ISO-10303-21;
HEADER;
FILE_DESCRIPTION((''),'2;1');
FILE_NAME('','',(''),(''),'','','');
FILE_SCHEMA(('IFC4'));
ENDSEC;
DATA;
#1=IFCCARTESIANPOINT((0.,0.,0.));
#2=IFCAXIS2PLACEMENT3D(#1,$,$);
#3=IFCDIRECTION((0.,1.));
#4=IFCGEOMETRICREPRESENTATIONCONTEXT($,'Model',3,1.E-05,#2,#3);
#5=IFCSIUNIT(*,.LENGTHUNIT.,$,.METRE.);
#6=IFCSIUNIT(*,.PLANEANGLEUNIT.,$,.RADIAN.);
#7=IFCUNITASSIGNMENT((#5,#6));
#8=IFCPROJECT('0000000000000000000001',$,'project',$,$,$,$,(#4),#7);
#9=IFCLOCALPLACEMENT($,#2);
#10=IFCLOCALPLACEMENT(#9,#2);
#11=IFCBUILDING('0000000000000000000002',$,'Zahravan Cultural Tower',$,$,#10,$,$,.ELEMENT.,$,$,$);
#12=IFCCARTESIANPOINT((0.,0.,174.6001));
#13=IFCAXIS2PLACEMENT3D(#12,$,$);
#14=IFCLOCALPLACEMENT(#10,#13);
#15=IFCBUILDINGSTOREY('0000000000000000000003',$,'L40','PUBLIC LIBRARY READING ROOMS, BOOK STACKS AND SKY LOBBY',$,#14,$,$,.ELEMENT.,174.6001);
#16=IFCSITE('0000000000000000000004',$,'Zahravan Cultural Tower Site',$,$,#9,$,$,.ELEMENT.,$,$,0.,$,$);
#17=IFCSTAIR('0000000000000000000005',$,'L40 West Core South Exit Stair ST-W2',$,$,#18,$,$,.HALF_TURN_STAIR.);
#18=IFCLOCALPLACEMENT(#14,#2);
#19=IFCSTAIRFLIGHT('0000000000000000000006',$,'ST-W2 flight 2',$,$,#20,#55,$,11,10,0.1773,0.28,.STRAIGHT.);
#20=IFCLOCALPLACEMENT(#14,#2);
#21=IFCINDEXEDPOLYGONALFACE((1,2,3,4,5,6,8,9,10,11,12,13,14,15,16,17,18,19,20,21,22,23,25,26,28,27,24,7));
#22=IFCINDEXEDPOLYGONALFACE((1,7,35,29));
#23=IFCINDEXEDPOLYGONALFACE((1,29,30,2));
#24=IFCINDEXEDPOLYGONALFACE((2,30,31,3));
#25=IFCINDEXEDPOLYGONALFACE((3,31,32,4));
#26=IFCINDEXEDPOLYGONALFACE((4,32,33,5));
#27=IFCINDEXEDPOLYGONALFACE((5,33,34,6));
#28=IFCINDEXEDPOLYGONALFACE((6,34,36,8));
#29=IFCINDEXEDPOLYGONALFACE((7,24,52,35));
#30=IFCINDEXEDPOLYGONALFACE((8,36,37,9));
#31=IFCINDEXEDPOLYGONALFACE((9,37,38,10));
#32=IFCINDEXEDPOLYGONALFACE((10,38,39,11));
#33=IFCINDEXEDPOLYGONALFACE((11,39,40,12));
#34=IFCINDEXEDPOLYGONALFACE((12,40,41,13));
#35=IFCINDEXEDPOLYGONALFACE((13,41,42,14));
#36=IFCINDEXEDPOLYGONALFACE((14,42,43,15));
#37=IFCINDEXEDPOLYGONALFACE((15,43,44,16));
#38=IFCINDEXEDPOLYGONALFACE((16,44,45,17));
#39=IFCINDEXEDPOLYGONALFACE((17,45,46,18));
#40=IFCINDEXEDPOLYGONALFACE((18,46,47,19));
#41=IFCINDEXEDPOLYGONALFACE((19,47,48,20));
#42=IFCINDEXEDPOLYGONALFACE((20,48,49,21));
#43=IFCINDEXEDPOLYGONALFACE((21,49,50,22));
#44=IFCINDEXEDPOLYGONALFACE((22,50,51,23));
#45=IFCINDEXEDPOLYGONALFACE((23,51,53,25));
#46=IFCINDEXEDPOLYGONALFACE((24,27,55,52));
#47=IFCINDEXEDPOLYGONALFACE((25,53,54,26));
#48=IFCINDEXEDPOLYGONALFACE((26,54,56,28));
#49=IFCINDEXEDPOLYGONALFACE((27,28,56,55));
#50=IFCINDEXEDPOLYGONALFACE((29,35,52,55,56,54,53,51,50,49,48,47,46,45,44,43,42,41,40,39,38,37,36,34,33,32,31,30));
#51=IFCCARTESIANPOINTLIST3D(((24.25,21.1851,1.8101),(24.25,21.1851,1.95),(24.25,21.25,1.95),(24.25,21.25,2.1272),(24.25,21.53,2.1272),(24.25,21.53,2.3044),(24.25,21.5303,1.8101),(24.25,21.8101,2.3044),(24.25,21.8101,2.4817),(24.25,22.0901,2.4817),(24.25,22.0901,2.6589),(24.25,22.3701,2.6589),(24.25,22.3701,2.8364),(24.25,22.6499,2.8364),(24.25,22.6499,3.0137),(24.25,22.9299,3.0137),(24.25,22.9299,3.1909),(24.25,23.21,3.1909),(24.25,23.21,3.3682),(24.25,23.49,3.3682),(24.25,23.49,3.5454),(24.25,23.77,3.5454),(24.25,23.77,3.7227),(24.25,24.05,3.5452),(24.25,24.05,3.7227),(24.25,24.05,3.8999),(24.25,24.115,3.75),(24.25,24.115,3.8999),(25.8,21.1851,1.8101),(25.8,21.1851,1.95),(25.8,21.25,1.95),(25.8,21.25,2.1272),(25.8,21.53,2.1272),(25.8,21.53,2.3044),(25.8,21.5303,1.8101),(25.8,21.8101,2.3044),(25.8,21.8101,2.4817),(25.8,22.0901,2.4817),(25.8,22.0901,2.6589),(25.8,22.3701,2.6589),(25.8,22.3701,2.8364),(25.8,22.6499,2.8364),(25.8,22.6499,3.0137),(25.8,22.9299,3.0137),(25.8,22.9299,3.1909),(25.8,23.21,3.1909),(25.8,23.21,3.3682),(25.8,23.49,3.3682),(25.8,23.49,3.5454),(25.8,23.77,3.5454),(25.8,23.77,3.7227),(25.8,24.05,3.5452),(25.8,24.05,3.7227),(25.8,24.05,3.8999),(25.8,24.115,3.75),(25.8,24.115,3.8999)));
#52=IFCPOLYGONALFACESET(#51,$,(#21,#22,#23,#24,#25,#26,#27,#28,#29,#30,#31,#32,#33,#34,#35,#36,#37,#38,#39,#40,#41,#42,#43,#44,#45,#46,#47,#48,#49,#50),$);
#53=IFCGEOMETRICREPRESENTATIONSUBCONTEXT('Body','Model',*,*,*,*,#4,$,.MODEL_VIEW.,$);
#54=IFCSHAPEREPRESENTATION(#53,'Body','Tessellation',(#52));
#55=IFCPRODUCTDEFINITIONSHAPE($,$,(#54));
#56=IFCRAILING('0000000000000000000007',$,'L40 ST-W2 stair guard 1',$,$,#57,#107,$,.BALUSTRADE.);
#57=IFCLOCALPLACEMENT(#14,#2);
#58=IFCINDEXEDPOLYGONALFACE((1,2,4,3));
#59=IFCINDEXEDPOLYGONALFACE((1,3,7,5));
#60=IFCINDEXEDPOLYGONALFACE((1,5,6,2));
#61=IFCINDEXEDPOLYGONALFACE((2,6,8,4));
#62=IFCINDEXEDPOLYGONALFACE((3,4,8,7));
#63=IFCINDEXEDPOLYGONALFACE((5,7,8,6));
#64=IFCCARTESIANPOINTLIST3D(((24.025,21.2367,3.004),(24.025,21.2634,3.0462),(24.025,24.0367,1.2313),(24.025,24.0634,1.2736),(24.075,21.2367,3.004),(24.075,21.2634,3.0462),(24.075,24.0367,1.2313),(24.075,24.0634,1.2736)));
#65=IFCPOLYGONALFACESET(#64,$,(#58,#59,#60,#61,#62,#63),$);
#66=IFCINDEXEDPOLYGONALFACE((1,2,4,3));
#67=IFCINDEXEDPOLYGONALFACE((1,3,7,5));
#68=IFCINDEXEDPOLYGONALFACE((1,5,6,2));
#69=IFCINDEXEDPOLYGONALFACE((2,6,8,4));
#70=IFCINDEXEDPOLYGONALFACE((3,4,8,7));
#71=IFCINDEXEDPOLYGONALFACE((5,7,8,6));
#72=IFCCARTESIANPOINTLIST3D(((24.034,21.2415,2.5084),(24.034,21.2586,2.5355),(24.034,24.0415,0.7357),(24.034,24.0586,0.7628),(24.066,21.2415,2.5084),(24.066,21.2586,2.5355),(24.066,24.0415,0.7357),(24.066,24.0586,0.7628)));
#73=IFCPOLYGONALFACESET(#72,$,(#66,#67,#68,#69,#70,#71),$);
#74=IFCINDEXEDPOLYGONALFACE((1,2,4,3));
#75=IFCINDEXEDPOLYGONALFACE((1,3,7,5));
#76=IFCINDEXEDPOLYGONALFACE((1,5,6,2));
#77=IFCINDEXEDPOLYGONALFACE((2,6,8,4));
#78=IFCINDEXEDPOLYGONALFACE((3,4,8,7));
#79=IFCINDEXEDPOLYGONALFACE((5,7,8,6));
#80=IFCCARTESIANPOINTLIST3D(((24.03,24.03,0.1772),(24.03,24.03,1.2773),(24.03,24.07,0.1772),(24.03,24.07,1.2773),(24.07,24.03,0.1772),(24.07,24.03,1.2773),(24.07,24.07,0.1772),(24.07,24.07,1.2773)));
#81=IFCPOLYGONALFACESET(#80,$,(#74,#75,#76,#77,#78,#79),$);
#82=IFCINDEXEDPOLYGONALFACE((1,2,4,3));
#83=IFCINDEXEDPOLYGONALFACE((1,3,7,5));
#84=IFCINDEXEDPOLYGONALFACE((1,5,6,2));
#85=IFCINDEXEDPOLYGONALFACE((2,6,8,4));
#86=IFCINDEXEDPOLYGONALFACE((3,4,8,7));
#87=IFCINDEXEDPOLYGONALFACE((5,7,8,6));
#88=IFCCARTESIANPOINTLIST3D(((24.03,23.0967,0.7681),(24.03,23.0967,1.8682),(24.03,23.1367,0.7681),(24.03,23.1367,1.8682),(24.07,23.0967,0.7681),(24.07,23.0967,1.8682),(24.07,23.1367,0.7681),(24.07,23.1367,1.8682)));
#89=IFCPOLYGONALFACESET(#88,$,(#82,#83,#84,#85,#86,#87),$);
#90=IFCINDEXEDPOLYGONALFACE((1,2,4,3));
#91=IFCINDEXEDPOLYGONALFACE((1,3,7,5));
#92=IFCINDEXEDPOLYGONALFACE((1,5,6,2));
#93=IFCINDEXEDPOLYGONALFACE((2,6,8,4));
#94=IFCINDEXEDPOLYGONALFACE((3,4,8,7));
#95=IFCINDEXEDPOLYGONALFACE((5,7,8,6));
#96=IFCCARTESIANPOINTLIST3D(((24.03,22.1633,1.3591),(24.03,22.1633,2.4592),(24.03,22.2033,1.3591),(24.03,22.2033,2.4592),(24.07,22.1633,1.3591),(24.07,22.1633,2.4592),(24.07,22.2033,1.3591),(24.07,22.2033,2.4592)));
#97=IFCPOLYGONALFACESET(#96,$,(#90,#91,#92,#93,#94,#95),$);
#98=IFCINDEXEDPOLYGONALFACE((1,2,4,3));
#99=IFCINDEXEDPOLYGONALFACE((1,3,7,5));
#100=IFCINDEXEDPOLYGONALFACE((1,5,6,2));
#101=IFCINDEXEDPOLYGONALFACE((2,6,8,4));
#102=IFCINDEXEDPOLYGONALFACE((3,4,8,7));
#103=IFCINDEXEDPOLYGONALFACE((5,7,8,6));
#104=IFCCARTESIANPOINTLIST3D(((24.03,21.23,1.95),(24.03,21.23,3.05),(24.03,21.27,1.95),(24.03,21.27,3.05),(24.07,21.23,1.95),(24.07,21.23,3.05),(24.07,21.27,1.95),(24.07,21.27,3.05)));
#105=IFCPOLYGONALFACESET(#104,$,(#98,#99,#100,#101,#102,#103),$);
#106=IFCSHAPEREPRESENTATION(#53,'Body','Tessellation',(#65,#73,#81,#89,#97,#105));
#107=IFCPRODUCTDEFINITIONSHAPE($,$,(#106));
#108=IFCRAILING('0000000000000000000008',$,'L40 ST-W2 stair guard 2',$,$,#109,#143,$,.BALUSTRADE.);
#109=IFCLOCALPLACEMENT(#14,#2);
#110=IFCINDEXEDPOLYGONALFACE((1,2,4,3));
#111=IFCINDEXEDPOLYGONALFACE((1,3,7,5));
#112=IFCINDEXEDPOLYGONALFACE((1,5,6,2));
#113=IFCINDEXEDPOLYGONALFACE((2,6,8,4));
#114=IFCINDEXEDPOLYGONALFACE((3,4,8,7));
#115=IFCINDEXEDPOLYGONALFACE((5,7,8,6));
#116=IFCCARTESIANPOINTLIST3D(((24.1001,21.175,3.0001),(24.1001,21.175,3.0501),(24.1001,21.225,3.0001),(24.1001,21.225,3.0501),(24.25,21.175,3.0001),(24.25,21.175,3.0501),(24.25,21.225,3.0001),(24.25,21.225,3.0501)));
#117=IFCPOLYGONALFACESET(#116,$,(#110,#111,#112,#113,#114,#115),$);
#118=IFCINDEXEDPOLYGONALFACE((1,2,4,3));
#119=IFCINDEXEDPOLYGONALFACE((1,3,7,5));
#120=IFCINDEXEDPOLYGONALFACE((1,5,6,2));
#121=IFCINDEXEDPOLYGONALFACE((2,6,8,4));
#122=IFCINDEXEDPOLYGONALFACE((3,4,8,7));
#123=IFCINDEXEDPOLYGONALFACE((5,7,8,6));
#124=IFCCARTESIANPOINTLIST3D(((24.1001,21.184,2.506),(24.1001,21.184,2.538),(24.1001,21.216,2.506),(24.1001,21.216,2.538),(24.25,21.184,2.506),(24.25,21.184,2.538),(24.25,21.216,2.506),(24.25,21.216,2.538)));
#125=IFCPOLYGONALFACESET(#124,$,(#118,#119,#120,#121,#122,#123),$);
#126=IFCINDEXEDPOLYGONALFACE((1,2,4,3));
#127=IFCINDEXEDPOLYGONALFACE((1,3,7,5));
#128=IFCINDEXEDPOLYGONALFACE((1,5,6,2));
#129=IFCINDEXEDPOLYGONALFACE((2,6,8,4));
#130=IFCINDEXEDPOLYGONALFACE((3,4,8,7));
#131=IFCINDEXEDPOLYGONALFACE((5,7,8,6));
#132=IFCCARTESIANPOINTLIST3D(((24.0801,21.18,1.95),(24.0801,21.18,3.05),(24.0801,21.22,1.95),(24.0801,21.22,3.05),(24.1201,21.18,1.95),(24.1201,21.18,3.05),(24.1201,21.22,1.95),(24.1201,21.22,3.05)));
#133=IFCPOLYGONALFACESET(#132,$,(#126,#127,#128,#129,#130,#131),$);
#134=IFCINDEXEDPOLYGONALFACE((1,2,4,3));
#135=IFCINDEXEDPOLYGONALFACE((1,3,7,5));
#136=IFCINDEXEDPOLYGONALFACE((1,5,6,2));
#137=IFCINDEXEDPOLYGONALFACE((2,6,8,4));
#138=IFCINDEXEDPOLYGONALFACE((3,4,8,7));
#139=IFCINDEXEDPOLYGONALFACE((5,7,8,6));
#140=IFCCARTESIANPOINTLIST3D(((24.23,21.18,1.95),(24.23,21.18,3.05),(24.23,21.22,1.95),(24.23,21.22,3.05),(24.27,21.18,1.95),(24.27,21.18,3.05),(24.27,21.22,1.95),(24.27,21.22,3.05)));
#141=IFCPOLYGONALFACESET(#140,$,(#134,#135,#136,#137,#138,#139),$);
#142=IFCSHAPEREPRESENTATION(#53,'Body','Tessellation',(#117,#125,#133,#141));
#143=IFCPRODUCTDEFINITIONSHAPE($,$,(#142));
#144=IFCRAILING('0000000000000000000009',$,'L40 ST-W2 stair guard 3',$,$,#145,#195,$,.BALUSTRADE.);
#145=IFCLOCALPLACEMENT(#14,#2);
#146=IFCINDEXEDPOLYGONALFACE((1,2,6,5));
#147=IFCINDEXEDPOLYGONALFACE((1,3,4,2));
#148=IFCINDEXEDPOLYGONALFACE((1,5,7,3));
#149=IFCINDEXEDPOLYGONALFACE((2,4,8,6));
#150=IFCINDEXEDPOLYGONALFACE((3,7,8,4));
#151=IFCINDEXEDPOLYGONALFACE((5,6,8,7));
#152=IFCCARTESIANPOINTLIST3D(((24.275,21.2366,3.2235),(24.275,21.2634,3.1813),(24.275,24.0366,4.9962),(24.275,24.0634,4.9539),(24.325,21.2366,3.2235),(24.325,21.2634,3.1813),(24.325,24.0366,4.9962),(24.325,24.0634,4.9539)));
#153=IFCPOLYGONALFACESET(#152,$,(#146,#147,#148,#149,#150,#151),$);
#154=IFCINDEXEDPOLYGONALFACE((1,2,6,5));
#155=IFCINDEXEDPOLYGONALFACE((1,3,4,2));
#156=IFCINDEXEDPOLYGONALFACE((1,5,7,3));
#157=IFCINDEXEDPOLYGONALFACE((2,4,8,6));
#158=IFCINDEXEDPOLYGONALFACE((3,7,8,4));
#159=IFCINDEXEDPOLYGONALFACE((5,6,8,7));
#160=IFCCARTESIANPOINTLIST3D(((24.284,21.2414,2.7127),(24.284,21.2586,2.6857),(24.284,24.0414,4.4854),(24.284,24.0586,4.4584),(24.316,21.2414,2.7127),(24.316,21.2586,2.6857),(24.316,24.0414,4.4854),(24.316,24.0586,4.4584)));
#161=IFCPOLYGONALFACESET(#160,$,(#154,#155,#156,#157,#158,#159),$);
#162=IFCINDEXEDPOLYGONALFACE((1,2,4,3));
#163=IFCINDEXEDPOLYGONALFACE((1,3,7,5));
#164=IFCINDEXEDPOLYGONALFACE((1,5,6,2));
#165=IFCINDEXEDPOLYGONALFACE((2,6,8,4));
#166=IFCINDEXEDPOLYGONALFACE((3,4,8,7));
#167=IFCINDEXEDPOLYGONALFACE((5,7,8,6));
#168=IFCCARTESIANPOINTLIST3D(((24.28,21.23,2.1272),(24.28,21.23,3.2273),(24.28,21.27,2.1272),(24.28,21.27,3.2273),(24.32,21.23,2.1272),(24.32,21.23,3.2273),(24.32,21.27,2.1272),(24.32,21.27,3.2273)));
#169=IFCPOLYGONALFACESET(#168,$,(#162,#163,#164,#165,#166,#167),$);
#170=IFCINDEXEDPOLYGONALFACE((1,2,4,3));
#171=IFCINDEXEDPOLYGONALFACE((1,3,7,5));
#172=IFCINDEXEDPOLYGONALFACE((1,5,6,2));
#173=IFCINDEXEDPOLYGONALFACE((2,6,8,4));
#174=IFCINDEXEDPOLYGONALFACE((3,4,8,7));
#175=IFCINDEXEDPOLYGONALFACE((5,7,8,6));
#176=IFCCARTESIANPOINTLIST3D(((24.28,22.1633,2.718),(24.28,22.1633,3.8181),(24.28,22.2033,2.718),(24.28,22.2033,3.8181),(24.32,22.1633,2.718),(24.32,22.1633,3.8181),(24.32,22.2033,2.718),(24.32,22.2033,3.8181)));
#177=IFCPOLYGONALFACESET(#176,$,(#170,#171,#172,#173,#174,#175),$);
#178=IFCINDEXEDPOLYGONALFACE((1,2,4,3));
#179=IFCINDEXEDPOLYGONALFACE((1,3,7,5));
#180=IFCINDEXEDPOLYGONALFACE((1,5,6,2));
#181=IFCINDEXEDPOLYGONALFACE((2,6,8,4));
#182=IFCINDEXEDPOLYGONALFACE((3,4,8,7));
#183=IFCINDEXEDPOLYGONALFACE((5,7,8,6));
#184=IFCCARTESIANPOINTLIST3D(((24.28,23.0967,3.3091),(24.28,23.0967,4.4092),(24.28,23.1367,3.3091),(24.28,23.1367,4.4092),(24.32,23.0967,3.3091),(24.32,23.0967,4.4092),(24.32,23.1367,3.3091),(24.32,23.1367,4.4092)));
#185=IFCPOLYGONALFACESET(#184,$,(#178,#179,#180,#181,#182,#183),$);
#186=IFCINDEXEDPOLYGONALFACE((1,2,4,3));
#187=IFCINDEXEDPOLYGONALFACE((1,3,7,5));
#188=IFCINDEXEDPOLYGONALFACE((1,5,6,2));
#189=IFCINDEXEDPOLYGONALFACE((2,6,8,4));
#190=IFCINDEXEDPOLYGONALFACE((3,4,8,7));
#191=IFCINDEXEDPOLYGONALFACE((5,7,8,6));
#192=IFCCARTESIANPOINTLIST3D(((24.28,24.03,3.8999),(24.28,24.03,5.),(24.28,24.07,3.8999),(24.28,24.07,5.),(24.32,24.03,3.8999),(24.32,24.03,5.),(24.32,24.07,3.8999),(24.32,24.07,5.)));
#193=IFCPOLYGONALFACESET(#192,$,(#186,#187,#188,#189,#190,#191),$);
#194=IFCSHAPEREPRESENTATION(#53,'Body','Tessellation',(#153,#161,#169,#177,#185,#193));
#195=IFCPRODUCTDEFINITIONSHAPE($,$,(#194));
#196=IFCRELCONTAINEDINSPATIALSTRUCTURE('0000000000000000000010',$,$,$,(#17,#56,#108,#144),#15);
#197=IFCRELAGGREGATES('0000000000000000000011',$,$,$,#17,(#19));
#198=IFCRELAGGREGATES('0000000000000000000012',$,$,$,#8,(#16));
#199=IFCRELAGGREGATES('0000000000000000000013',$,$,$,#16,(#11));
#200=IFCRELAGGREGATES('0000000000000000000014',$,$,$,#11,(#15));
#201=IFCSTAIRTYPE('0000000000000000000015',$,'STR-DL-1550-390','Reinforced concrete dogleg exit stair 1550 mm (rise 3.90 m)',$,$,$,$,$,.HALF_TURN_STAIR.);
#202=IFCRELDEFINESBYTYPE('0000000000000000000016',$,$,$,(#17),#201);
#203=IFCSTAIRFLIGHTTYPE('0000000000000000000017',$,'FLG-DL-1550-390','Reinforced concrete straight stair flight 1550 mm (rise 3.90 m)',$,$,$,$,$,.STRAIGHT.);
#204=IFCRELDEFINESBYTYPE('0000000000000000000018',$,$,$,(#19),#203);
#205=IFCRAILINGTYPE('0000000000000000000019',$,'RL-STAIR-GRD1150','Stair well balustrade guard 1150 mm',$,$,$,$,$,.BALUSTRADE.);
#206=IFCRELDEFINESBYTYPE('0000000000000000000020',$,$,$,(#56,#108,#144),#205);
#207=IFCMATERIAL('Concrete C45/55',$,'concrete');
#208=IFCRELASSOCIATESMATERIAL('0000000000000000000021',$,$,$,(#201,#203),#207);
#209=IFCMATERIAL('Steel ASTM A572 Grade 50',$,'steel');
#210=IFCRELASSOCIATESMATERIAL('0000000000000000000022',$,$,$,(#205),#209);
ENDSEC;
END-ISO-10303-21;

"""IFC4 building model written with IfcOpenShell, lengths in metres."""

from ifc_helpers import new_model, si_unit, direction, frame, origin, origin_2d, place, context, subcontext, project, spatial, polyline, rectangle, outline, extrude, material, type_object, element, aggregate, save


model = new_model("IFC4")

# Units and contexts
model_context = context("Model", 3, precision=1e-05, world=origin(), true_north=direction((0.0, 1.0)))
body_context = subcontext(model_context, "Body", "Model", "MODEL_VIEW")
ifc_project = project(units=[si_unit("LENGTHUNIT", "METRE"), si_unit("PLANEANGLEUNIT", "RADIAN")], contexts=[model_context])

# Site, building, storey
site_placement = place(None, origin())
site = spatial("IfcSite", under=ifc_project, at=site_placement, Name="Zahravan Cultural Tower Site", CompositionType="ELEMENT", RefElevation=0.0)
building_placement = place(site_placement, origin())
building = spatial("IfcBuilding", under=site, at=building_placement, Name="Zahravan Cultural Tower", CompositionType="ELEMENT")
storey_placement = place(building_placement, frame((0.0, 0.0, 174.6001)))
storey = spatial("IfcBuildingStorey", under=building, at=storey_placement, Name="L40", Description="PUBLIC LIBRARY READING ROOMS, BOOK STACKS AND SKY LOBBY", CompositionType="ELEMENT", Elevation=174.6001)

# Shared definitions
ifc_material_1 = material(Name="Steel ASTM A572 Grade 50", Category="steel")
ifc_material_2 = material(Name="Concrete C45/55", Category="concrete")

# Stair, stair flight
stair_type = type_object("IfcStairType", Name="STR-DL-1550-390", Description="Reinforced concrete dogleg exit stair 1550 mm (rise 3.90 m)", PredefinedType="HALF_TURN_STAIR", material=ifc_material_2)
stair_placement = place(storey_placement, origin())
stair = element("IfcStair", 1, at=stair_placement, inside=storey, type_object=stair_type, Name="L40 West Core South Exit Stair ST-W2", PredefinedType="HALF_TURN_STAIR")
stair_flight_type = type_object("IfcStairFlightType", Name="FLG-DL-1550-390", Description="Reinforced concrete straight stair flight 1550 mm (rise 3.90 m)", PredefinedType="STRAIGHT", material=ifc_material_2)
stair_flight_1_placement = place(storey_placement, frame((25.0249, 21.25, 1.95), z_axis=(0.0, 0.0, 1.0), x_axis=(0.0, 1.0, 0.0)))
stair_flight_1 = element("IfcStairFlight", 2, at=stair_flight_1_placement, type_object=stair_flight_type, Name="ST-W2 flight 2", NumberOfRisers=11, NumberOfTreads=10, PredefinedType="STRAIGHT", RiserHeight=0.1773, TreadLength=0.28, context=body_context, shape_type="SweptSolid", body=[
    extrude(outline(polyline([(-0.0649, -0.1399), (-0.0649, 0.0), (0.0, 0.0), (0.0, 0.1772), (0.28, 0.1772), (0.28, 0.3545), (0.5601, 0.3545), (0.5601, 0.5317), (0.8401, 0.5317), (0.8401, 0.709), (1.1201, 0.709), (1.1201, 0.8865), (1.3999, 0.8865), (1.3999, 1.0637), (1.6799, 1.0637), (1.6799, 1.241), (1.96, 1.241), (1.96, 1.4182), (2.24, 1.4182), (2.24, 1.5955), (2.52, 1.5955), (2.52, 1.7727), (2.8, 1.7727), (2.8, 1.95), (2.865, 1.95), (2.865, 1.8), (2.8, 1.5952), (0.2803, -0.1399), (-0.0649, -0.1399)])), frame((0.0, 0.7749, 0.0), z_axis=(0.0, -1.0, 0.0), x_axis=(1.0, 0.0, 0.0)), (0.0, 0.0, 1.0), 1.55),
])
aggregate(stair, [stair_flight_1])

# Railings
railing_type_1 = type_object("IfcRailingType", Name="RL-STAIR-GRD1150", Description="Stair well balustrade guard 1150 mm", PredefinedType="BALUSTRADE", material=ifc_material_1)
railing_1_placement = place(storey_placement, frame((24.05, 24.05, 0.1772)))
element("IfcRailing", 3, at=railing_1_placement, inside=storey, type_object=railing_type_1, Name="L40 ST-W2 stair guard 1", PredefinedType="BALUSTRADE", context=body_context, shape_type="SweptSolid", body=[
    extrude(rectangle(XDim=0.05, YDim=0.05, at=origin_2d()), frame((0.0, 0.0, 1.0752), z_axis=(0.0, -0.844909, 0.53491), x_axis=(1.0, 0.0, 0.0)), (0.0, 0.0, 1.0), 3.314),
    extrude(rectangle(XDim=0.032, YDim=0.032, at=origin_2d()), frame((0.0, 0.0, 0.572), z_axis=(0.0, -0.844909, 0.53491), x_axis=(1.0, 0.0, 0.0)), (0.0, 0.0, 1.0), 3.314),
    extrude(rectangle(XDim=0.04, YDim=0.04, at=origin_2d()), origin(), (0.0, 0.0, 1.0), 1.1001),
    extrude(rectangle(XDim=0.04, YDim=0.04, at=origin_2d()), frame((0.0, -0.9333, 0.5908)), (0.0, 0.0, 1.0), 1.1001),
    extrude(rectangle(XDim=0.04, YDim=0.04, at=origin_2d()), frame((0.0, -1.8667, 1.1819)), (0.0, 0.0, 1.0), 1.1001),
    extrude(rectangle(XDim=0.04, YDim=0.04, at=origin_2d()), frame((0.0, -2.8, 1.7727)), (0.0, 0.0, 1.0), 1.1001),
])
railing_2_placement = place(storey_placement, frame((24.1001, 21.2, 1.95)))
element("IfcRailing", 4, at=railing_2_placement, inside=storey, type_object=railing_type_1, Name="L40 ST-W2 stair guard 2", PredefinedType="BALUSTRADE", context=body_context, shape_type="SweptSolid", body=[
    extrude(rectangle(XDim=0.05, YDim=0.05, at=origin_2d()), frame((0.0, 0.0, 1.0752), z_axis=(1.0, 0.0, 0.0), x_axis=(0.0, 1.0, 0.0)), (0.0, 0.0, 1.0), 0.1499),
    extrude(rectangle(XDim=0.032, YDim=0.032, at=origin_2d()), frame((0.0, 0.0, 0.572), z_axis=(1.0, 0.0, 0.0), x_axis=(0.0, 1.0, 0.0)), (0.0, 0.0, 1.0), 0.1499),
    extrude(rectangle(XDim=0.04, YDim=0.04, at=origin_2d()), origin(), (0.0, 0.0, 1.0), 1.1001),
    extrude(rectangle(XDim=0.04, YDim=0.04, at=origin_2d()), frame((0.1499, 0.0, 0.0)), (0.0, 0.0, 1.0), 1.1001),
])
railing_3_placement = place(storey_placement, frame((24.3, 21.25, 2.1272)))
element("IfcRailing", 5, at=railing_3_placement, inside=storey, type_object=railing_type_1, Name="L40 ST-W2 stair guard 3", PredefinedType="BALUSTRADE", context=body_context, shape_type="SweptSolid", body=[
    extrude(rectangle(XDim=0.05, YDim=0.05, at=origin_2d()), frame((0.0, 0.0, 1.0752), z_axis=(0.0, 0.844909, 0.53491), x_axis=(-1.0, 0.0, 0.0)), (0.0, 0.0, 1.0), 3.314),
    extrude(rectangle(XDim=0.032, YDim=0.032, at=origin_2d()), frame((0.0, 0.0, 0.572), z_axis=(0.0, 0.844909, 0.53491), x_axis=(-1.0, 0.0, 0.0)), (0.0, 0.0, 1.0), 3.314),
    extrude(rectangle(XDim=0.04, YDim=0.04, at=origin_2d()), origin(), (0.0, 0.0, 1.0), 1.1001),
    extrude(rectangle(XDim=0.04, YDim=0.04, at=origin_2d()), frame((0.0, 0.9333, 0.5908)), (0.0, 0.0, 1.0), 1.1001),
    extrude(rectangle(XDim=0.04, YDim=0.04, at=origin_2d()), frame((0.0, 1.8667, 1.1819)), (0.0, 0.0, 1.0), 1.1001),
    extrude(rectangle(XDim=0.04, YDim=0.04, at=origin_2d()), frame((0.0, 2.8, 1.7727)), (0.0, 0.0, 1.0), 1.1001),
])

save(model, "model.ifc")
